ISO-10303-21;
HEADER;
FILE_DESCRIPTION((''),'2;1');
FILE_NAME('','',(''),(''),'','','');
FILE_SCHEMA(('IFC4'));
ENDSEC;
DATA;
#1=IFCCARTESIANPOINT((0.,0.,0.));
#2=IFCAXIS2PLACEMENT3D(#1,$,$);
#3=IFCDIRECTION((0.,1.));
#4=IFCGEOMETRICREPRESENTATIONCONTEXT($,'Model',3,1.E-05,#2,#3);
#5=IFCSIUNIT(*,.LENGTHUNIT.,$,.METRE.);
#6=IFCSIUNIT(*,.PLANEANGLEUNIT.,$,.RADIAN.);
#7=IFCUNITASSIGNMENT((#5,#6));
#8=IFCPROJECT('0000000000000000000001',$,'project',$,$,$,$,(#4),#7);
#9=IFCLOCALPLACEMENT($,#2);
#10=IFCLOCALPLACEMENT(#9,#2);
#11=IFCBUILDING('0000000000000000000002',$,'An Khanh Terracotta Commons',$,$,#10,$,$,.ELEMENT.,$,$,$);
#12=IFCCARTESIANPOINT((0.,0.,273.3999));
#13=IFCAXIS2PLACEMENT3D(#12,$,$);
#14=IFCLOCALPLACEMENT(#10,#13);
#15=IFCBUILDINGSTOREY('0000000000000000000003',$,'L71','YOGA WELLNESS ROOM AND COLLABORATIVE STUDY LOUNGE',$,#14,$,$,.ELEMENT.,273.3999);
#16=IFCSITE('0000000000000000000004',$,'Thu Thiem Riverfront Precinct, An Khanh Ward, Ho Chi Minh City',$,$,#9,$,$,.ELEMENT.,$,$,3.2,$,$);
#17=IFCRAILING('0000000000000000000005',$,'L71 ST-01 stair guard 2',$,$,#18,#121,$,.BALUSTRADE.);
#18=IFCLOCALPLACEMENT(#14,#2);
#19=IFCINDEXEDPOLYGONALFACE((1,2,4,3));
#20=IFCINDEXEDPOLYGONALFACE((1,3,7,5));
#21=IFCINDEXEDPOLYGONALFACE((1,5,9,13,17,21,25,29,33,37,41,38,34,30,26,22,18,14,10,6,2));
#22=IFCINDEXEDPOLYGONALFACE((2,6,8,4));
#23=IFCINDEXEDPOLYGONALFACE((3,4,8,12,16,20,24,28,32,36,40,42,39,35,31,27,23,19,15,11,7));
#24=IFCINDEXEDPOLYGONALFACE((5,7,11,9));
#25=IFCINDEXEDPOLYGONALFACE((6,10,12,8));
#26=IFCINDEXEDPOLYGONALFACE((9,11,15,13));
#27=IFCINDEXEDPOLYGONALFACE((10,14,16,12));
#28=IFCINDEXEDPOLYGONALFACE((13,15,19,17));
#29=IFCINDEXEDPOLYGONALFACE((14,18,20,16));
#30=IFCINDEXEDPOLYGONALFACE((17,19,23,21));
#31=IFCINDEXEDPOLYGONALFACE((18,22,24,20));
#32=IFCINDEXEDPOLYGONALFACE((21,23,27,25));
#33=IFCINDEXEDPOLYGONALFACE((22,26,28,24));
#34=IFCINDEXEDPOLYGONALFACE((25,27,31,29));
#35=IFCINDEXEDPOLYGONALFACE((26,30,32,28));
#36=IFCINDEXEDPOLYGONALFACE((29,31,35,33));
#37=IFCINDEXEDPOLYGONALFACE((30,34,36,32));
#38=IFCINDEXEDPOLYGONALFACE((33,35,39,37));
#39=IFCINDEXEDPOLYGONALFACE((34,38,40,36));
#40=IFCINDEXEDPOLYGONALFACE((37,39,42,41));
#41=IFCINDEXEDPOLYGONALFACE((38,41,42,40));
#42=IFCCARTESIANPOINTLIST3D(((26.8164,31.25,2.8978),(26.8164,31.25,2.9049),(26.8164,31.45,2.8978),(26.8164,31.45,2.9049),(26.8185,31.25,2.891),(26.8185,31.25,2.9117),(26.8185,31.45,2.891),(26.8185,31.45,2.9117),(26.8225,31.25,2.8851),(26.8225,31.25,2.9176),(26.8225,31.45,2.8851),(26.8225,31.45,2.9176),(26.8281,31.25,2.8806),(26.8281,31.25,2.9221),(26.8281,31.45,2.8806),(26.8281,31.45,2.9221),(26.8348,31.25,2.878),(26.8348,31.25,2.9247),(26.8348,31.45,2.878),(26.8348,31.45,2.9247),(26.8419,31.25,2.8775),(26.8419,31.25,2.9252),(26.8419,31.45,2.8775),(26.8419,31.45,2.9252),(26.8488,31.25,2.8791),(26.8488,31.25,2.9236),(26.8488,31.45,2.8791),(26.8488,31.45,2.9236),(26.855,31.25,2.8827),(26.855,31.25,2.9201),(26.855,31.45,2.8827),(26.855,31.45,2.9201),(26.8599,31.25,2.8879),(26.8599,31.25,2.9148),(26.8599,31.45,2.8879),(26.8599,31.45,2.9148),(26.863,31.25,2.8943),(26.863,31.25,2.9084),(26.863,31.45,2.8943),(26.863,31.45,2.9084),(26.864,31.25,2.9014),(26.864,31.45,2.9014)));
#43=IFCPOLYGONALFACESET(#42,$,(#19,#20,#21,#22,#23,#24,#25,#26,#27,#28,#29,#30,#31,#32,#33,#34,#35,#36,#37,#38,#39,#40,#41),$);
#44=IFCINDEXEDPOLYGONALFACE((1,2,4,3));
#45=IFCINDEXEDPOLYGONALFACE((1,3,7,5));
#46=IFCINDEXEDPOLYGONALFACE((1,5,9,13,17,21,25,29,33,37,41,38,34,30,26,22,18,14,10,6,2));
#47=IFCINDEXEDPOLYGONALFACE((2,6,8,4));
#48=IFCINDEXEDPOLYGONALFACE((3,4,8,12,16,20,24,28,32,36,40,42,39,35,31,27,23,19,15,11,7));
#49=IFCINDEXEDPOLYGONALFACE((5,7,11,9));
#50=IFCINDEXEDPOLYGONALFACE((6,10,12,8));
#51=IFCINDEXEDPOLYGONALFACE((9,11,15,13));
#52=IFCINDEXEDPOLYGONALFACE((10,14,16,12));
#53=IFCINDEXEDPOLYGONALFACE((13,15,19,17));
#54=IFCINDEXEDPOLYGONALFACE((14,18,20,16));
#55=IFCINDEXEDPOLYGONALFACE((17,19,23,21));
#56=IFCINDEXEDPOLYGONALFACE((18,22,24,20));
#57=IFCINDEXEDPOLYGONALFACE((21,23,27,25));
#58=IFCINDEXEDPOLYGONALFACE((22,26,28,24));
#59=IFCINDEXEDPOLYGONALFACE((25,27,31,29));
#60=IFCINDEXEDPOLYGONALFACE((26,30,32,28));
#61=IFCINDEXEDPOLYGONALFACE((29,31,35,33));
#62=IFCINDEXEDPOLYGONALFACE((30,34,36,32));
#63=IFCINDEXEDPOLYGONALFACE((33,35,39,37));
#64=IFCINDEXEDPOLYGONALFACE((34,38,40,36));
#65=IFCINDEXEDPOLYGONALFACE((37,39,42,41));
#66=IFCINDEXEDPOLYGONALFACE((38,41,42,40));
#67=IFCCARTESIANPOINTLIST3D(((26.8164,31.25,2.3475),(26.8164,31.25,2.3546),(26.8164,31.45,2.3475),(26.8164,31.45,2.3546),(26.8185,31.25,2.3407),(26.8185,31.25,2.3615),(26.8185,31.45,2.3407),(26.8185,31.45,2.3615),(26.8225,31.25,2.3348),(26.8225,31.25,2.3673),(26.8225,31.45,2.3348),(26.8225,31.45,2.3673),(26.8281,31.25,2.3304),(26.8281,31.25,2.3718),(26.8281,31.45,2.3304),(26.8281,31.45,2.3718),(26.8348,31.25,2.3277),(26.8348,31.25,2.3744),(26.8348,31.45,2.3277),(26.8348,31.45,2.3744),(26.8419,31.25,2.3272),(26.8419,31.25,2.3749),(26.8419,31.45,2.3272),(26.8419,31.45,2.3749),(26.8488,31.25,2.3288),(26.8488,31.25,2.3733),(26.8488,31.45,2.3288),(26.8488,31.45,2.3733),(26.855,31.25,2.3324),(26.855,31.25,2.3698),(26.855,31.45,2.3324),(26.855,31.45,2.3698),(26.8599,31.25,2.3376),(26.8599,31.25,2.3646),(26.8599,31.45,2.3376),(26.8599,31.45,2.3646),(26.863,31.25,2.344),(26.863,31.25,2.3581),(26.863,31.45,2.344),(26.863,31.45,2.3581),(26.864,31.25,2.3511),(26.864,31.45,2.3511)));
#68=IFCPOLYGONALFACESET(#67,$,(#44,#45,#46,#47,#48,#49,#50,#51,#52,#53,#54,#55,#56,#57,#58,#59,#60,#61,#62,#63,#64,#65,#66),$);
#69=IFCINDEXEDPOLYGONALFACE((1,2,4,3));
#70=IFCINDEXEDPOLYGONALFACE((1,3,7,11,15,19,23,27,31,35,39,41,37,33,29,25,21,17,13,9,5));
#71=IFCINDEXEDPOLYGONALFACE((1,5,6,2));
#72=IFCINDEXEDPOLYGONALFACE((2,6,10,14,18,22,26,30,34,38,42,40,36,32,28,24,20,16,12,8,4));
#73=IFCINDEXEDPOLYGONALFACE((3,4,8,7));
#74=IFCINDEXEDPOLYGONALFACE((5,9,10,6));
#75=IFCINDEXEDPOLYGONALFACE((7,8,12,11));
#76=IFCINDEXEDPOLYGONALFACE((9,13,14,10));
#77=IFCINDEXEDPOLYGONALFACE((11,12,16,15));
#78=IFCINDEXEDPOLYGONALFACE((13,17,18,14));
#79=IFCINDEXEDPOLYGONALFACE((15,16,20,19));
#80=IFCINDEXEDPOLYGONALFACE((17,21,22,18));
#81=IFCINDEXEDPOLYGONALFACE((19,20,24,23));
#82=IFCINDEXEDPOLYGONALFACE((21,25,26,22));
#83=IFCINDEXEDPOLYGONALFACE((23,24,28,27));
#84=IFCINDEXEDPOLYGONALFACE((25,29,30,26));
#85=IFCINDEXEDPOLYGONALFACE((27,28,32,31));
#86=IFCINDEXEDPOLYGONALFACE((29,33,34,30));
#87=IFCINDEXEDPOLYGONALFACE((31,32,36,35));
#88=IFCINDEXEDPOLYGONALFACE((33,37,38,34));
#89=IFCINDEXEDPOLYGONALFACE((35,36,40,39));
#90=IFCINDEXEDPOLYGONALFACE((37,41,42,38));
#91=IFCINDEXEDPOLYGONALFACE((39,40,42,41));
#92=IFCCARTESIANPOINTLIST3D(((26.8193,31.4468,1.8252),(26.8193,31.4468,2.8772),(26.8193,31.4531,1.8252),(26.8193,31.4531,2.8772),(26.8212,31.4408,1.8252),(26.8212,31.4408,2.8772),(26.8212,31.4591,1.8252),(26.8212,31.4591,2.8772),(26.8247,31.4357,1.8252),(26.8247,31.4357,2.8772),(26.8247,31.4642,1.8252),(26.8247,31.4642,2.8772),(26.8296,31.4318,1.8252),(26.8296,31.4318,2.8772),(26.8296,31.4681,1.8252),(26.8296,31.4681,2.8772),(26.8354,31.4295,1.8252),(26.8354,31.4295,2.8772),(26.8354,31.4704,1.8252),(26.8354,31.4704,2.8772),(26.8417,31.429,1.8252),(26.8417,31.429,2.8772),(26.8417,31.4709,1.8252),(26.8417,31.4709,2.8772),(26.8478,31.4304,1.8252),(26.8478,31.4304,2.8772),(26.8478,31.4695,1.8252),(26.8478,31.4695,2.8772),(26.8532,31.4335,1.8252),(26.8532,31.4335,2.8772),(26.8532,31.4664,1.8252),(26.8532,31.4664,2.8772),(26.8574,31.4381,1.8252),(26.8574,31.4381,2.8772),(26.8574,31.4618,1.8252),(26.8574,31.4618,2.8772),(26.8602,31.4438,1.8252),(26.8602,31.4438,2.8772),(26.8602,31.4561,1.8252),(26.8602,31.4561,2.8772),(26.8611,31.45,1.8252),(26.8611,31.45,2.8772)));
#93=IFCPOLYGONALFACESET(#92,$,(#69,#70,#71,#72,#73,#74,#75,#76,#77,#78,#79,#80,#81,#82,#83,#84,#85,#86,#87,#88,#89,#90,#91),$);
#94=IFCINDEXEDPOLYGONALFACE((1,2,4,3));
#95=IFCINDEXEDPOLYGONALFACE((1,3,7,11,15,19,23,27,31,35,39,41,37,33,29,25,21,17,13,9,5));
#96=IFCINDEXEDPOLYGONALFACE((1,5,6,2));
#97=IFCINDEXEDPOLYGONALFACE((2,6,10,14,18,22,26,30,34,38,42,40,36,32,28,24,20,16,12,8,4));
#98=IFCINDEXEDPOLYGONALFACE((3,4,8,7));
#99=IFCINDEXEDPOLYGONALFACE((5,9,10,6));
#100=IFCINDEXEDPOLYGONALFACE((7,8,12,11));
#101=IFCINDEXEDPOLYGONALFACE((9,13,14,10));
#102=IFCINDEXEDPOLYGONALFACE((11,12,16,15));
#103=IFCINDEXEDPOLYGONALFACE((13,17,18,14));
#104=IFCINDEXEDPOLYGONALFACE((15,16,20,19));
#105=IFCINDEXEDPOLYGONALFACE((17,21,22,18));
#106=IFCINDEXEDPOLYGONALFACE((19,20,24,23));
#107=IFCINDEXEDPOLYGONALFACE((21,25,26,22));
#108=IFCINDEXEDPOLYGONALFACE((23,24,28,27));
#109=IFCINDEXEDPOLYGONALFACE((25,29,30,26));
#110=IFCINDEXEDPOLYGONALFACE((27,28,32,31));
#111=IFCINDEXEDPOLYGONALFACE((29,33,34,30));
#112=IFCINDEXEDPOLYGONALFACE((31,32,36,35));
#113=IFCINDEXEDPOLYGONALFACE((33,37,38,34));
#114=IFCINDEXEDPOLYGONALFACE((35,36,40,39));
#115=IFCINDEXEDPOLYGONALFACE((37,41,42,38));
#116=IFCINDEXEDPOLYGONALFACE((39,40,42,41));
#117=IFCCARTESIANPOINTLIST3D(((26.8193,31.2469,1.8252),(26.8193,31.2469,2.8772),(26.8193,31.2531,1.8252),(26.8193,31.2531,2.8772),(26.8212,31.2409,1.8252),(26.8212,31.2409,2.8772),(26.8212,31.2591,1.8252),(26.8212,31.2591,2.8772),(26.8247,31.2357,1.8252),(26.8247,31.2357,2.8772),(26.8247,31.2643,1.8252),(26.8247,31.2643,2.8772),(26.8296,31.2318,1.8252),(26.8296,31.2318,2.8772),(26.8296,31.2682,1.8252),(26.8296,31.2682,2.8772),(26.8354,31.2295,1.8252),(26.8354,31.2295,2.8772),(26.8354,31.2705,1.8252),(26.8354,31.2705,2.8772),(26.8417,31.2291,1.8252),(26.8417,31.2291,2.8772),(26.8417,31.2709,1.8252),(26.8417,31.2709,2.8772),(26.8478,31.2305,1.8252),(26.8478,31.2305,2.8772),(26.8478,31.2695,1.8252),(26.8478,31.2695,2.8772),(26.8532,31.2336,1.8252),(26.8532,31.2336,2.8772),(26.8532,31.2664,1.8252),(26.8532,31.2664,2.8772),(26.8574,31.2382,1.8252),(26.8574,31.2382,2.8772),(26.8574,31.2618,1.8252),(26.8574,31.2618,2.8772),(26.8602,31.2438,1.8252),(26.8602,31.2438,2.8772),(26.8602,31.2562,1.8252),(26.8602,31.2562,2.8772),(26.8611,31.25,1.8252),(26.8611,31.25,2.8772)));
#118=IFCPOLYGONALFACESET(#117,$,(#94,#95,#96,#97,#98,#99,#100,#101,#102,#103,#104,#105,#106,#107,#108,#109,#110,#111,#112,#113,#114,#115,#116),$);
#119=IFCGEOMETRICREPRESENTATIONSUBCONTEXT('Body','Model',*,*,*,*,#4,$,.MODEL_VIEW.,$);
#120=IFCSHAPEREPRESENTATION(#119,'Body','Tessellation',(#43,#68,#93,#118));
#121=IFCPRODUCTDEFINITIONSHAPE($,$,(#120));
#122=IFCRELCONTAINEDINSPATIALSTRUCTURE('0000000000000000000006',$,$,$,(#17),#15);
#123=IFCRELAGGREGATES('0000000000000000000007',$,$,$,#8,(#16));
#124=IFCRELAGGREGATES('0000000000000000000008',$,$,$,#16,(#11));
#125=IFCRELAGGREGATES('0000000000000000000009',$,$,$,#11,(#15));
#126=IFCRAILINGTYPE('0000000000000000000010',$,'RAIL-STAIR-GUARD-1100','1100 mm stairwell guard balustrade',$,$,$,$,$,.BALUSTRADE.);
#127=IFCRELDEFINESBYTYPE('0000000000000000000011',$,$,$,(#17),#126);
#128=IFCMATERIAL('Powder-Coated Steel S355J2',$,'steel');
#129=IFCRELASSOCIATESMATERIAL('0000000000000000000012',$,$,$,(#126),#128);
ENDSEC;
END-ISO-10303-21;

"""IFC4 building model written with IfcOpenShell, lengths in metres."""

from ifc_helpers import new_model, si_unit, direction, frame, origin, origin_2d, place, context, subcontext, project, spatial, circle, extrude, material, type_object, element, save


model = new_model("IFC4")

# Units and contexts
model_context = context("Model", 3, precision=1e-05, world=origin(), true_north=direction((0.0, 1.0)))
body_context = subcontext(model_context, "Body", "Model", "MODEL_VIEW")
ifc_project = project(units=[si_unit("LENGTHUNIT", "METRE"), si_unit("PLANEANGLEUNIT", "RADIAN")], contexts=[model_context])

# Site, building, storey
site_placement = place(None, origin())
site = spatial("IfcSite", under=ifc_project, at=site_placement, Name="Thu Thiem Riverfront Precinct, An Khanh Ward, Ho Chi Minh City", CompositionType="ELEMENT", RefElevation=3.2)
building_placement = place(site_placement, origin())
building = spatial("IfcBuilding", under=site, at=building_placement, Name="An Khanh Terracotta Commons", CompositionType="ELEMENT")
storey_placement = place(building_placement, frame((0.0, 0.0, 273.3999)))
storey = spatial("IfcBuildingStorey", under=building, at=storey_placement, Name="L71", Description="YOGA WELLNESS ROOM AND COLLABORATIVE STUDY LOUNGE", CompositionType="ELEMENT", Elevation=273.3999)

# Railing
ifc_material_1 = material(Name="Powder-Coated Steel S355J2", Category="steel")
railing_type_1 = type_object("IfcRailingType", Name="RAIL-STAIR-GUARD-1100", Description="1100 mm stairwell guard balustrade", PredefinedType="BALUSTRADE", material=ifc_material_1)
railing_1_placement = place(storey_placement, frame((26.8401, 31.45, 1.8252)))
element("IfcRailing", 1, at=railing_1_placement, inside=storey, type_object=railing_type_1, Name="L71 ST-01 stair guard 2", PredefinedType="BALUSTRADE", context=body_context, shape_type="SweptSolid", body=[
    extrude(circle(Radius=0.0239, at=origin_2d()), frame((0.0, 0.0, 1.0762), z_axis=(0.0, -1.0, 0.0), x_axis=(1.0, 0.0, 0.0)), (0.0, 0.0, 1.0), 0.2),
    extrude(circle(Radius=0.0239, at=origin_2d()), frame((0.0, 0.0, 0.5259), z_axis=(0.0, -1.0, 0.0), x_axis=(1.0, 0.0, 0.0)), (0.0, 0.0, 1.0), 0.2),
    extrude(circle(Radius=0.021, at=origin_2d()), origin(), (0.0, 0.0, 1.0), 1.052),
    extrude(circle(Radius=0.021, at=origin_2d()), frame((0.0, -0.2, 0.0)), (0.0, 0.0, 1.0), 1.052),
])

save(model, "model.ifc")
